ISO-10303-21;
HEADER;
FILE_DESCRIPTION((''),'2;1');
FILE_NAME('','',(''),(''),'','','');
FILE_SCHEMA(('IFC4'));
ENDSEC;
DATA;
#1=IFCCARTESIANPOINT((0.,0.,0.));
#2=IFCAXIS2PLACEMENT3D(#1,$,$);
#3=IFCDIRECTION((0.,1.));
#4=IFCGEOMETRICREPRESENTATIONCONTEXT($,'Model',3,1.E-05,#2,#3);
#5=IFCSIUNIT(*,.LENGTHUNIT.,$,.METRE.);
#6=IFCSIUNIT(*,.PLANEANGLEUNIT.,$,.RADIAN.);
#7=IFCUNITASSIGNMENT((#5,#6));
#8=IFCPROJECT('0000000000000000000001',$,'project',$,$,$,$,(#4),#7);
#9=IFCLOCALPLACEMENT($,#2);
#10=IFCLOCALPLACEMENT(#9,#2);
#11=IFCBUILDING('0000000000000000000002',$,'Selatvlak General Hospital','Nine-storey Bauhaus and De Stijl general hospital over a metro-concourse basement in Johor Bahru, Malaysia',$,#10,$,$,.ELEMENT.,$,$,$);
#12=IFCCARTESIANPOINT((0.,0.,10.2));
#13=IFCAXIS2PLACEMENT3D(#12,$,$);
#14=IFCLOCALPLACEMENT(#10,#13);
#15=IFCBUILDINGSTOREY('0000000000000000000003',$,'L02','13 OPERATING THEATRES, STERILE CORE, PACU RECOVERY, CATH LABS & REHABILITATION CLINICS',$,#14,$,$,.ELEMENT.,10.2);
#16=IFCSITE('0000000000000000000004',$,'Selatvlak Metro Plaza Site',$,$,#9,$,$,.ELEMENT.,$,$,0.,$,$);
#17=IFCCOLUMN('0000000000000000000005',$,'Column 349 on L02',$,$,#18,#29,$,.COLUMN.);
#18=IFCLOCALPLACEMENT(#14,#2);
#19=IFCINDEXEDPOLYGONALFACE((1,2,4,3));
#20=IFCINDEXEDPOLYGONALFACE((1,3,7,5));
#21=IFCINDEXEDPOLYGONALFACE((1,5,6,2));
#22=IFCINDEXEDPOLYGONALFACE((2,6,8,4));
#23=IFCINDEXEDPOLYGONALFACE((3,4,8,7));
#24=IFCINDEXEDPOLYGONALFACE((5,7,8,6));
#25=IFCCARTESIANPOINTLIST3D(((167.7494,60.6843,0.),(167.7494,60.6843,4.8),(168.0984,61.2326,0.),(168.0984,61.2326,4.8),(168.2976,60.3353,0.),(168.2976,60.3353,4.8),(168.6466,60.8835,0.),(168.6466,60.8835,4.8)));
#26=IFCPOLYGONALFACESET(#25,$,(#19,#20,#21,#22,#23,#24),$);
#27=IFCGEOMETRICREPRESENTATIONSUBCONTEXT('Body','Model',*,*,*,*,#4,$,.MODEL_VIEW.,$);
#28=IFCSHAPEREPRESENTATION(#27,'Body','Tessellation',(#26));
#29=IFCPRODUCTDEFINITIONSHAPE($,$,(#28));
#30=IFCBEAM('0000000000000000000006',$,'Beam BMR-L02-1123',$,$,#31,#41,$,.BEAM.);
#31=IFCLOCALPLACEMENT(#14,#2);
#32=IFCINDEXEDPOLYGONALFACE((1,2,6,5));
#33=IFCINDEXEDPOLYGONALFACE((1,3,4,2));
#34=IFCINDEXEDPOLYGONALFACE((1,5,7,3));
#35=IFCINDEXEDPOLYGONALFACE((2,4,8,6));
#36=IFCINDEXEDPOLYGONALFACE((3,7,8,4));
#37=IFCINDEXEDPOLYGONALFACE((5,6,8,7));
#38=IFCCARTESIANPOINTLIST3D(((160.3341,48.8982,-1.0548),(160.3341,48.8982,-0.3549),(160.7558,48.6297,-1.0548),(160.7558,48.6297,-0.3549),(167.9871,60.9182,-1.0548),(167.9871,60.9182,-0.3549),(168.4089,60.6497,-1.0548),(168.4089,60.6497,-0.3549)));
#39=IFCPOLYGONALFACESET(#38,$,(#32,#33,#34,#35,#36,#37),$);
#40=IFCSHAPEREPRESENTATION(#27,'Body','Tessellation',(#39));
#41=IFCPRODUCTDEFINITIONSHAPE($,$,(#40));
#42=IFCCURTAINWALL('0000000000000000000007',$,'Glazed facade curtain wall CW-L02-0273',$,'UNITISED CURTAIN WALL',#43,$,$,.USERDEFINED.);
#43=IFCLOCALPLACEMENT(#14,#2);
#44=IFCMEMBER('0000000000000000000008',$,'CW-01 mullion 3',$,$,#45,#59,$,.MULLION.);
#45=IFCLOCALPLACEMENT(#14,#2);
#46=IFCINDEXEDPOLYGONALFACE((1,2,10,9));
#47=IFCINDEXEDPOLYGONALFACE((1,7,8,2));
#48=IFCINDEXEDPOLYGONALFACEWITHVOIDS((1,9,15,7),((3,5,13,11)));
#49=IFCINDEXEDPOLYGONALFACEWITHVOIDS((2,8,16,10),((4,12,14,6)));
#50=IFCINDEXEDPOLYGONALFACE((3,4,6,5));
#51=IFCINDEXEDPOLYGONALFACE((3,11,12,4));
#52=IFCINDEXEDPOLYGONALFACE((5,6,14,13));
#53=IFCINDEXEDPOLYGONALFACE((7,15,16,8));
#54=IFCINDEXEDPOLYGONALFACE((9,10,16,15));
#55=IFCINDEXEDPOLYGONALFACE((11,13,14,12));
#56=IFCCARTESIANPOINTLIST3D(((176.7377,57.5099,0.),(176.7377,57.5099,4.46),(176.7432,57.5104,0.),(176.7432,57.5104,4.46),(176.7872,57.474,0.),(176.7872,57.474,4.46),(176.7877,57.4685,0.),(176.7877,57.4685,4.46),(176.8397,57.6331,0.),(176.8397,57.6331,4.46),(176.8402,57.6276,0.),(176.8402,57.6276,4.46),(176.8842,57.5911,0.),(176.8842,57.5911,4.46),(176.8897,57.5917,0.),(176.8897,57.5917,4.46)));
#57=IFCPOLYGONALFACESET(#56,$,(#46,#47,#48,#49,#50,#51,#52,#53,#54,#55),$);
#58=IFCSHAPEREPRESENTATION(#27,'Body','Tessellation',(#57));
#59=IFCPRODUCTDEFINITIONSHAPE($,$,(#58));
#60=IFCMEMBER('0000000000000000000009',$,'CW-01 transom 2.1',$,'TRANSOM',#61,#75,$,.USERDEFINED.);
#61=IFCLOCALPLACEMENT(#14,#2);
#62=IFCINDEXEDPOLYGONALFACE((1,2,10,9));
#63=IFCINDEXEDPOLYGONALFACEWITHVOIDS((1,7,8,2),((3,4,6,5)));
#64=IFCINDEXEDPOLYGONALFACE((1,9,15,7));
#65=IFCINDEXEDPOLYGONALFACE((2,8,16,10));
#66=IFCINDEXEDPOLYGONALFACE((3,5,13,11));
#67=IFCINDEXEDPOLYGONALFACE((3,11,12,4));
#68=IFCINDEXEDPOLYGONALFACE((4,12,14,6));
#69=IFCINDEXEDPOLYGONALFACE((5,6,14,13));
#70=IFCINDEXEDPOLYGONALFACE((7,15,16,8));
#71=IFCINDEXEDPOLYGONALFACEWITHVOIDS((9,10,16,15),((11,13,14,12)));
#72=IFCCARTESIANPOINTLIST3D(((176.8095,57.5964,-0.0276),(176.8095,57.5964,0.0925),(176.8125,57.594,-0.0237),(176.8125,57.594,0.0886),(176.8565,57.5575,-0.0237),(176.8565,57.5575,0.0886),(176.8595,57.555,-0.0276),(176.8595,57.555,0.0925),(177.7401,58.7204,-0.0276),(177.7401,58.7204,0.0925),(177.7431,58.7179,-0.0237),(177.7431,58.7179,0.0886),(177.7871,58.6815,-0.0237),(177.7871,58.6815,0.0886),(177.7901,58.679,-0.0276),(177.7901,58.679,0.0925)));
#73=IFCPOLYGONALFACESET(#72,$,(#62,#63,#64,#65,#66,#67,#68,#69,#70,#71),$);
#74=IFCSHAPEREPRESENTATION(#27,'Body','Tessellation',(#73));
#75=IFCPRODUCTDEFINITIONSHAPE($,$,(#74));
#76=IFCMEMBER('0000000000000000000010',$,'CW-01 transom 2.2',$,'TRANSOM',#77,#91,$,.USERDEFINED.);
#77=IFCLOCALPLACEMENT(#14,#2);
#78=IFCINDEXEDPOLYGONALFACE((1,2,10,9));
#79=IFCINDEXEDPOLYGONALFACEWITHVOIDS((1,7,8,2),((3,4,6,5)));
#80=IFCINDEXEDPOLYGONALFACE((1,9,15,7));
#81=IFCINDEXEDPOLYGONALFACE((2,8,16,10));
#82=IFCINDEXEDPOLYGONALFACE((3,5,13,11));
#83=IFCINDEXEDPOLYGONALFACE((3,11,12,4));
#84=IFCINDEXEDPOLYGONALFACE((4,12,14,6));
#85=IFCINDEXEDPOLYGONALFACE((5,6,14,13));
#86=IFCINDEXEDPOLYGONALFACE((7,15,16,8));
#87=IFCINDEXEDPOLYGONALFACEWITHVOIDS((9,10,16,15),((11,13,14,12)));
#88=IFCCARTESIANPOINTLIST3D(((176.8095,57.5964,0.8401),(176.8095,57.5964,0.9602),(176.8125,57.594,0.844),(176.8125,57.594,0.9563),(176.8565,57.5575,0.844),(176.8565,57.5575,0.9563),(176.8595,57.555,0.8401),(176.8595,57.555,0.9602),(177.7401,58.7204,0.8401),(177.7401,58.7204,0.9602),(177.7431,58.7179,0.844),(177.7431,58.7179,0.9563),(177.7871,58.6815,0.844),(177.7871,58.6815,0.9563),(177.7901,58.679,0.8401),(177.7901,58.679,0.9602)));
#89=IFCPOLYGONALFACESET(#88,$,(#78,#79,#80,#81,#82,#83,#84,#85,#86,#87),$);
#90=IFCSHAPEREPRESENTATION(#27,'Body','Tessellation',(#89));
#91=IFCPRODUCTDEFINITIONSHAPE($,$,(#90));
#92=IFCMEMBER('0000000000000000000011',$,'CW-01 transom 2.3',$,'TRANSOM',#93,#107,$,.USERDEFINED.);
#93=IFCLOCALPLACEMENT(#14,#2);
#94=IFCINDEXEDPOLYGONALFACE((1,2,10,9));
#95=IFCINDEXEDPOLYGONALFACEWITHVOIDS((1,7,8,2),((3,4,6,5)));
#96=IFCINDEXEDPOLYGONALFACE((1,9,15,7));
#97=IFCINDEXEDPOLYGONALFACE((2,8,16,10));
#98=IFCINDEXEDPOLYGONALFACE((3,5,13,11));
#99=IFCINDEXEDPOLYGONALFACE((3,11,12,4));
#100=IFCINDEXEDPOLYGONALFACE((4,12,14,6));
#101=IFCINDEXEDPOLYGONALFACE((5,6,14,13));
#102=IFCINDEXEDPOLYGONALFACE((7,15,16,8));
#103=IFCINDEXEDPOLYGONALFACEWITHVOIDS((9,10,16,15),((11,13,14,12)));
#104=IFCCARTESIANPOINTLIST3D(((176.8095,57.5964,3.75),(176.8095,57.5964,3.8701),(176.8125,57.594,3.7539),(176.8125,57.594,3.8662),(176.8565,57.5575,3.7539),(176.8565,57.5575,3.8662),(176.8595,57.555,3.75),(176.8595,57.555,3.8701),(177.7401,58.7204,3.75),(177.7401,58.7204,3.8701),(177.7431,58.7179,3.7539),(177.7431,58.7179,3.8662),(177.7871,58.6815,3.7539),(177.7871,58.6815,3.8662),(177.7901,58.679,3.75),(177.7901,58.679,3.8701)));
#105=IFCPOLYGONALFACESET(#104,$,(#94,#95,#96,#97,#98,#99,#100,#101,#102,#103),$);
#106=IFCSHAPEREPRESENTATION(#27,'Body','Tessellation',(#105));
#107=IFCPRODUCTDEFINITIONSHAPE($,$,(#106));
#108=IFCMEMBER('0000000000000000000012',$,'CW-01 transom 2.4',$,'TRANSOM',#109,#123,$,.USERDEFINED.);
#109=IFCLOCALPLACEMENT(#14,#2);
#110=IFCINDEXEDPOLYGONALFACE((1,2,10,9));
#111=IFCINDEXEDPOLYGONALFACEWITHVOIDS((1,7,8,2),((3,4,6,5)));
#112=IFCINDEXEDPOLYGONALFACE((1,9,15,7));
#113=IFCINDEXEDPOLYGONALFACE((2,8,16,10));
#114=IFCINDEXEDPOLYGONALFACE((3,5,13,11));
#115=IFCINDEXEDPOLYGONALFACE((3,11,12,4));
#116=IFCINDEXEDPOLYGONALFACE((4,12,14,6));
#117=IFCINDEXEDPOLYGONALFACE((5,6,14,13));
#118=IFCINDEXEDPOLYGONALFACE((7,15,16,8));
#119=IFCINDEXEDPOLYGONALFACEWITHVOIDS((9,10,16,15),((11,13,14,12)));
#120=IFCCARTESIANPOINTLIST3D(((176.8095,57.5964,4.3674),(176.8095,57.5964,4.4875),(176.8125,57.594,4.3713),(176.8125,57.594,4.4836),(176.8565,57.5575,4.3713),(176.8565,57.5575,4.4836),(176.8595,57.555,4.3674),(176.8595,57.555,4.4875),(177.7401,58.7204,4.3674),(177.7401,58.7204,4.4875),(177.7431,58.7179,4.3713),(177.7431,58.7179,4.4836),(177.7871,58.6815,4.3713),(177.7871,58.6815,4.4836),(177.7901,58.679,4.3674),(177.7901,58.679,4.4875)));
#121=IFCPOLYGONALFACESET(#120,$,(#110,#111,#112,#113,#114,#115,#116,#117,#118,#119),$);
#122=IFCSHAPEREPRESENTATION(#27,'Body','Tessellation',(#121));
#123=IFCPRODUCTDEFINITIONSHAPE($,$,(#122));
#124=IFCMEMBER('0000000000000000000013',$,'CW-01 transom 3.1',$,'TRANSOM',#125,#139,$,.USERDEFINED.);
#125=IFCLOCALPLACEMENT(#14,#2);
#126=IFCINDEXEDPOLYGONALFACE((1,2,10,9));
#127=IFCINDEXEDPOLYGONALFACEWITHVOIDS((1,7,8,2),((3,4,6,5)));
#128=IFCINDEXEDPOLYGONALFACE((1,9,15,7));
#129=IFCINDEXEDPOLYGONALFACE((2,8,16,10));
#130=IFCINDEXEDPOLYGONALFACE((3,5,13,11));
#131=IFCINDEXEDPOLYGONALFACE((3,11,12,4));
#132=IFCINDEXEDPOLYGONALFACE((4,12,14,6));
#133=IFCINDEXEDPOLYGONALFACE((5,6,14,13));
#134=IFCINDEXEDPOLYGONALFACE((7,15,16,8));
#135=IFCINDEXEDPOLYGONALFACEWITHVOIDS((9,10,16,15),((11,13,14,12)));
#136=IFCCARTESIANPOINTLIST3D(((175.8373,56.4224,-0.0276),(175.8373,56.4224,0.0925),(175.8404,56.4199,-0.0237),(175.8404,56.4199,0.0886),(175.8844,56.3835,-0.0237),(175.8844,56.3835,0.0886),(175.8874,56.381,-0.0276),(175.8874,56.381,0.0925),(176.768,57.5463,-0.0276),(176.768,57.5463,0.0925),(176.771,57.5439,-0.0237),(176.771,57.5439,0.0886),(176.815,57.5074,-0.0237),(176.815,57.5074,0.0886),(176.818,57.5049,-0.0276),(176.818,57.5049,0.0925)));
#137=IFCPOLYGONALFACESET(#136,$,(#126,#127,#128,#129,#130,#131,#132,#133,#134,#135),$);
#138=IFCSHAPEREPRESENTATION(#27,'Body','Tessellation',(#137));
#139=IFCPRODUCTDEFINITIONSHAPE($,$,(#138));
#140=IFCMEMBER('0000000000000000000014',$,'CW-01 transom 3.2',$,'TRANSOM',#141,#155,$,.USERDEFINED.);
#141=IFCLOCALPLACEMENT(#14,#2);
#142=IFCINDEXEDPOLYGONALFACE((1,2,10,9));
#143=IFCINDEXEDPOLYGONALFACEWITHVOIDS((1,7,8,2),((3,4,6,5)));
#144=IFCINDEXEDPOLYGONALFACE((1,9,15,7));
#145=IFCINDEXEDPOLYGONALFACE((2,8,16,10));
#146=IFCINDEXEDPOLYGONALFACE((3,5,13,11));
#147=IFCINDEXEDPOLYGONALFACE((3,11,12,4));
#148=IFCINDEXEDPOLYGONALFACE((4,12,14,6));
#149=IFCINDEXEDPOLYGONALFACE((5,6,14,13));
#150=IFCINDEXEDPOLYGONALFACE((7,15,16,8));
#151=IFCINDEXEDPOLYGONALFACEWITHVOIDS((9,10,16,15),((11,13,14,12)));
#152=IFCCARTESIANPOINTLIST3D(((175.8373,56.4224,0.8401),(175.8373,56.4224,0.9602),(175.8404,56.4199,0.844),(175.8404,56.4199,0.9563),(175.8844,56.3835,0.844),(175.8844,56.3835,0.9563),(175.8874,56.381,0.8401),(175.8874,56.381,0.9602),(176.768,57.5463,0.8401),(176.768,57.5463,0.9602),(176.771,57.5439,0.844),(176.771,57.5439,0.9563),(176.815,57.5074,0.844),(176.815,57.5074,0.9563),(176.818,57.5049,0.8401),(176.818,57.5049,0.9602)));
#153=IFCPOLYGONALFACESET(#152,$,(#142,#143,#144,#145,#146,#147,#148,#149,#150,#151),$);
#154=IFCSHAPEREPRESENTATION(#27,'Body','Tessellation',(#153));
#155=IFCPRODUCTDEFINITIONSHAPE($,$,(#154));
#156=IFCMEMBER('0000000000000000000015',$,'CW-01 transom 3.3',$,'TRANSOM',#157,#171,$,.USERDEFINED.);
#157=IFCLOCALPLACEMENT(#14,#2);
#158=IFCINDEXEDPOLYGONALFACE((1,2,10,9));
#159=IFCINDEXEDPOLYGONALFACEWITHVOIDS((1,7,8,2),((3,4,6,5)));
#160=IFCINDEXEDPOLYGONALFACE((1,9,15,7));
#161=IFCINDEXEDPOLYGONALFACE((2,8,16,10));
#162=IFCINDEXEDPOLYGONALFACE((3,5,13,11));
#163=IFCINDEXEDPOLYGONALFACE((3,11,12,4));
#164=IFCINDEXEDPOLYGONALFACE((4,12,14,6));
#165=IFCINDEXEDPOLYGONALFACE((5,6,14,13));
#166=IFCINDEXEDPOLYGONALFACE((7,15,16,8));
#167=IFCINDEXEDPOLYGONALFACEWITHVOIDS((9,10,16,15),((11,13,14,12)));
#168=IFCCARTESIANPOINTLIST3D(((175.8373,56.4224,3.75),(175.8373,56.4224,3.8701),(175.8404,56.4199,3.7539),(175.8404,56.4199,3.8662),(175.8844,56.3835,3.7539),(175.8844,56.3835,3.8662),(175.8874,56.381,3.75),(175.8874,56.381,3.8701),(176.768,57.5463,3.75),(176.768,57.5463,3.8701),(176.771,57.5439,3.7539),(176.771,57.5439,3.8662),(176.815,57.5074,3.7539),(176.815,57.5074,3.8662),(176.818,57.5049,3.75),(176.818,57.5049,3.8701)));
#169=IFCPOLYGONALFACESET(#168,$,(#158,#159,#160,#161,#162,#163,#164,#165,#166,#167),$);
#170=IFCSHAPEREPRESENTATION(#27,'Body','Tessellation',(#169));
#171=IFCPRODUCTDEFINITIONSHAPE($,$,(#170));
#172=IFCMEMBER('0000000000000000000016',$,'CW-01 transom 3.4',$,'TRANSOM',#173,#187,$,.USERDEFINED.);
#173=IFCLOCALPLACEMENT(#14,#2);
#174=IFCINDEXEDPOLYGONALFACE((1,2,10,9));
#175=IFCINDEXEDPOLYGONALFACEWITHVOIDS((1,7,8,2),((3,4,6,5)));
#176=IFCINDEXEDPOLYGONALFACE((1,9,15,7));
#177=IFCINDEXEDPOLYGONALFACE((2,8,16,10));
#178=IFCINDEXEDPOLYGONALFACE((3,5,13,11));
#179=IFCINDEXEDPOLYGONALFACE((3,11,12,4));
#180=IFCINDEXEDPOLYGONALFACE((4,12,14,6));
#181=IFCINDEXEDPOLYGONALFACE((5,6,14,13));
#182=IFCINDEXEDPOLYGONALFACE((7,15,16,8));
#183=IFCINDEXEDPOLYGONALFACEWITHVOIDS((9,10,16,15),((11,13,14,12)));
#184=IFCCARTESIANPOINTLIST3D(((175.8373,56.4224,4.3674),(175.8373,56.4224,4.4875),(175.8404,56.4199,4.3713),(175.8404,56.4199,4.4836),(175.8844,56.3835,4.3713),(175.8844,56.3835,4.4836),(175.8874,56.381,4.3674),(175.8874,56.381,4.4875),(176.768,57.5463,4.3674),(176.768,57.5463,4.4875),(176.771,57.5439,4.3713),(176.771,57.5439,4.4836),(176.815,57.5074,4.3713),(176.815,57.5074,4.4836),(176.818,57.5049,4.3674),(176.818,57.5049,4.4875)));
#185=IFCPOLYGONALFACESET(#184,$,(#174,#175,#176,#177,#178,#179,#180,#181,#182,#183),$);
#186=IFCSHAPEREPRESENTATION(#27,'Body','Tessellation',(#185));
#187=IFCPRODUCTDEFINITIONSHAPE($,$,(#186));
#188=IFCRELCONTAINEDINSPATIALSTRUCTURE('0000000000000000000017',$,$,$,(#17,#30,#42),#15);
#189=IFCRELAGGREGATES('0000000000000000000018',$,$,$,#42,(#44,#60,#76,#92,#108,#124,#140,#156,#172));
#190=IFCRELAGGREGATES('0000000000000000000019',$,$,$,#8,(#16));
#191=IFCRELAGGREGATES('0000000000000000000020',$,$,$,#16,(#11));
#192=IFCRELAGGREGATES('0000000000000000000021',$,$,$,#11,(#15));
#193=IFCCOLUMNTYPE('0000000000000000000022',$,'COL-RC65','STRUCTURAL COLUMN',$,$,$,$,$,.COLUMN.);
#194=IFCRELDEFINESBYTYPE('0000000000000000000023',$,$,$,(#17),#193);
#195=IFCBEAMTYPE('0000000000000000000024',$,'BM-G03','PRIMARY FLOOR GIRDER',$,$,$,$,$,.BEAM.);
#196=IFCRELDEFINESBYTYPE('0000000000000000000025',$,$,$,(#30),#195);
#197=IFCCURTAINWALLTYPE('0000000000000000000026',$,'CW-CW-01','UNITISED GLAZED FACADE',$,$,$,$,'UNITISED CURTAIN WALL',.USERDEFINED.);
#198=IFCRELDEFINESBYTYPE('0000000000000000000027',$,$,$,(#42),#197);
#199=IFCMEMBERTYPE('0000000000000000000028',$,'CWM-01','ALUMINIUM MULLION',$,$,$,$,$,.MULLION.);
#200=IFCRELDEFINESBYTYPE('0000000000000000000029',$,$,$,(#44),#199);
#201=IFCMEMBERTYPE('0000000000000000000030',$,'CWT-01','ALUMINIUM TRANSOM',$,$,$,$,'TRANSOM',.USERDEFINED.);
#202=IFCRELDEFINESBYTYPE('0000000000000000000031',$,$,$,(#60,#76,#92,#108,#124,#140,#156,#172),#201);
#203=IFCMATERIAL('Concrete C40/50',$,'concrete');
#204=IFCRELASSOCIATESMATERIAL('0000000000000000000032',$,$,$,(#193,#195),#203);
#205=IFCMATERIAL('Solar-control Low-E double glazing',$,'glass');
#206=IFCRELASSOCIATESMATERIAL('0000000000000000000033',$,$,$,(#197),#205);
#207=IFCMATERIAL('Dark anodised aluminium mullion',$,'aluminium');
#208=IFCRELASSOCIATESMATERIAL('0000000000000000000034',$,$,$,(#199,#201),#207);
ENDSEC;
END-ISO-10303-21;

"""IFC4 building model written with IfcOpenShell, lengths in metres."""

from ifc_helpers import new_model, si_unit, direction, frame, origin, origin_2d, place, context, subcontext, project, spatial, rectangle, hollow_rectangle, extrude, material, material_profile, profile_set, type_object, element, aggregate, save


model = new_model("IFC4")

# Units and contexts
model_context = context("Model", 3, precision=1e-05, world=origin(), true_north=direction((0.0, 1.0)))
body_context = subcontext(model_context, "Body", "Model", "MODEL_VIEW")
ifc_project = project(units=[si_unit("LENGTHUNIT", "METRE"), si_unit("PLANEANGLEUNIT", "RADIAN")], contexts=[model_context])

# Site, building, storey
site_placement = place(None, origin())
site = spatial("IfcSite", under=ifc_project, at=site_placement, Name="Selatvlak Metro Plaza Site", CompositionType="ELEMENT", RefElevation=0.0)
building_placement = place(site_placement, origin())
building = spatial("IfcBuilding", under=site, at=building_placement, Name="Selatvlak General Hospital", Description="Nine-storey Bauhaus and De Stijl general hospital over a metro-concourse basement in Johor Bahru, Malaysia", CompositionType="ELEMENT")
storey_placement = place(building_placement, frame((0.0, 0.0, 10.2)))
storey = spatial("IfcBuildingStorey", under=building, at=storey_placement, Name="L02", Description="13 OPERATING THEATRES, STERILE CORE, PACU RECOVERY, CATH LABS & REHABILITATION CLINICS", CompositionType="ELEMENT", Elevation=10.2)

# Column
ifc_material_1 = material(Name="Concrete C40/50", Category="concrete")
ifc_material_profile_1 = material_profile(ifc_material_1, rectangle(XDim=0.6499, YDim=0.6499, at=origin_2d()), Name="RC-COL 650x650")
ifc_profile_set_1 = profile_set([ifc_material_profile_1], Name="Concrete C40/50")
column_type = type_object("IfcColumnType", Name="COL-RC65", Description="STRUCTURAL COLUMN", PredefinedType="COLUMN", material=ifc_profile_set_1)
column_placement = place(storey_placement, frame((168.198, 60.7839, 0.0), z_axis=(0.0, 0.0, 1.0), x_axis=(0.537064, 0.843541, 0.0)))
element("IfcColumn", 1, at=column_placement, inside=storey, type_object=column_type, Name="Column 349 on L02", PredefinedType="COLUMN", context=body_context, shape_type="SweptSolid", body=[
    extrude(rectangle(XDim=0.6499, YDim=0.6499, at=origin_2d()), origin(), (0.0, 0.0, 1.0), 4.8),
])

# Beam
ifc_material_profile_2 = material_profile(ifc_material_1, rectangle(XDim=0.5, YDim=0.7, at=origin_2d()), Name="RC-BM 500x700")
ifc_profile_set_2 = profile_set([ifc_material_profile_2], Name="Concrete C40/50")
beam_type = type_object("IfcBeamType", Name="BM-G03", Description="PRIMARY FLOOR GIRDER", PredefinedType="BEAM", material=ifc_profile_set_2)
beam_placement = place(storey_placement, frame((168.198, 60.7839, -0.7048), z_axis=(-0.537074, -0.843535, 0.0), x_axis=(0.843535, -0.537074, 0.0)))
element("IfcBeam", 2, at=beam_placement, inside=storey, type_object=beam_type, Name="Beam BMR-L02-1123", PredefinedType="BEAM", context=body_context, shape_type="SweptSolid", body=[
    extrude(rectangle(XDim=0.5, YDim=0.7, at=origin_2d()), origin(), (0.0, 0.0, 1.0), 14.2495),
])

# Curtain wall, members
ifc_material_2 = material(Name="Solar-control Low-E double glazing", Category="glass")
curtain_wall_type = type_object("IfcCurtainWallType", Name="CW-CW-01", Description="UNITISED GLAZED FACADE", ElementType="UNITISED CURTAIN WALL", PredefinedType="USERDEFINED", material=ifc_material_2)
curtain_wall_placement = place(storey_placement, origin())
curtain_wall = element("IfcCurtainWall", 3, at=curtain_wall_placement, inside=storey, type_object=curtain_wall_type, Name="Glazed facade curtain wall CW-L02-0273", ObjectType="UNITISED CURTAIN WALL", PredefinedType="USERDEFINED")
ifc_material_3 = material(Name="Dark anodised aluminium mullion", Category="aluminium")
ifc_material_profile_3 = material_profile(ifc_material_3, hollow_rectangle(XDim=0.0649, YDim=0.1599, WallThickness=0.0039, at=origin_2d()), Name="AL-MUL 65x160x4")
ifc_profile_set_3 = profile_set([ifc_material_profile_3], Name="Dark anodised aluminium mullion")
member_type_1 = type_object("IfcMemberType", Name="CWM-01", Description="ALUMINIUM MULLION", PredefinedType="MULLION", material=ifc_profile_set_3)
member_1_placement = place(storey_placement, frame((176.8137, 57.5508, 0.0), z_axis=(0.0, 0.0, 1.0), x_axis=(0.770252, -0.63774, 0.0)))
member_1 = element("IfcMember", 4, at=member_1_placement, type_object=member_type_1, Name="CW-01 mullion 3", PredefinedType="MULLION", context=body_context, shape_type="SweptSolid", body=[
    extrude(hollow_rectangle(XDim=0.0649, YDim=0.1599, WallThickness=0.0039, at=origin_2d()), origin(), (0.0, 0.0, 1.0), 4.46),
])
ifc_material_profile_4 = material_profile(ifc_material_3, hollow_rectangle(XDim=0.0649, YDim=0.1201, WallThickness=0.0039, at=origin_2d()), Name="AL-TRN 65x120x4")
ifc_profile_set_4 = profile_set([ifc_material_profile_4], Name="Dark anodised aluminium mullion")
member_type_2 = type_object("IfcMemberType", Name="CWT-01", Description="ALUMINIUM TRANSOM", ElementType="TRANSOM", PredefinedType="USERDEFINED", material=ifc_profile_set_4)
member_2_placement = place(storey_placement, frame((177.7651, 58.6997, 0.0325), z_axis=(-0.637746, -0.770247, 0.0), x_axis=(0.770247, -0.637746, 0.0)))
member_2 = element("IfcMember", 5, at=member_2_placement, type_object=member_type_2, Name="CW-01 transom 2.1", ObjectType="TRANSOM", PredefinedType="USERDEFINED", context=body_context, shape_type="SweptSolid", body=[
    extrude(hollow_rectangle(XDim=0.0649, YDim=0.1201, WallThickness=0.0039, at=origin_2d()), origin(), (0.0, 0.0, 1.0), 1.4592),
])
member_3_placement = place(storey_placement, frame((177.7651, 58.6997, 0.9001), z_axis=(-0.637746, -0.770247, 0.0), x_axis=(0.770247, -0.637746, 0.0)))
member_3 = element("IfcMember", 6, at=member_3_placement, type_object=member_type_2, Name="CW-01 transom 2.2", ObjectType="TRANSOM", PredefinedType="USERDEFINED", context=body_context, shape_type="SweptSolid", body=[
    extrude(hollow_rectangle(XDim=0.0649, YDim=0.1201, WallThickness=0.0039, at=origin_2d()), origin(), (0.0, 0.0, 1.0), 1.4592),
])
member_4_placement = place(storey_placement, frame((177.7651, 58.6997, 3.8101), z_axis=(-0.637746, -0.770247, 0.0), x_axis=(0.770247, -0.637746, 0.0)))
member_4 = element("IfcMember", 7, at=member_4_placement, type_object=member_type_2, Name="CW-01 transom 2.3", ObjectType="TRANSOM", PredefinedType="USERDEFINED", context=body_context, shape_type="SweptSolid", body=[
    extrude(hollow_rectangle(XDim=0.0649, YDim=0.1201, WallThickness=0.0039, at=origin_2d()), origin(), (0.0, 0.0, 1.0), 1.4592),
])
member_5_placement = place(storey_placement, frame((177.7651, 58.6997, 4.4275), z_axis=(-0.637746, -0.770247, 0.0), x_axis=(0.770247, -0.637746, 0.0)))
member_5 = element("IfcMember", 8, at=member_5_placement, type_object=member_type_2, Name="CW-01 transom 2.4", ObjectType="TRANSOM", PredefinedType="USERDEFINED", context=body_context, shape_type="SweptSolid", body=[
    extrude(hollow_rectangle(XDim=0.0649, YDim=0.1201, WallThickness=0.0039, at=origin_2d()), origin(), (0.0, 0.0, 1.0), 1.4592),
])
member_6_placement = place(storey_placement, frame((176.793, 57.5256, 0.0325), z_axis=(-0.637746, -0.770247, 0.0), x_axis=(0.770247, -0.637746, 0.0)))
member_6 = element("IfcMember", 9, at=member_6_placement, type_object=member_type_2, Name="CW-01 transom 3.1", ObjectType="TRANSOM", PredefinedType="USERDEFINED", context=body_context, shape_type="SweptSolid", body=[
    extrude(hollow_rectangle(XDim=0.0649, YDim=0.1201, WallThickness=0.0039, at=origin_2d()), origin(), (0.0, 0.0, 1.0), 1.4592),
])
member_7_placement = place(storey_placement, frame((176.793, 57.5256, 0.9001), z_axis=(-0.637746, -0.770247, 0.0), x_axis=(0.770247, -0.637746, 0.0)))
member_7 = element("IfcMember", 10, at=member_7_placement, type_object=member_type_2, Name="CW-01 transom 3.2", ObjectType="TRANSOM", PredefinedType="USERDEFINED", context=body_context, shape_type="SweptSolid", body=[
    extrude(hollow_rectangle(XDim=0.0649, YDim=0.1201, WallThickness=0.0039, at=origin_2d()), origin(), (0.0, 0.0, 1.0), 1.4592),
])
member_8_placement = place(storey_placement, frame((176.793, 57.5256, 3.8101), z_axis=(-0.637746, -0.770247, 0.0), x_axis=(0.770247, -0.637746, 0.0)))
member_8 = element("IfcMember", 11, at=member_8_placement, type_object=member_type_2, Name="CW-01 transom 3.3", ObjectType="TRANSOM", PredefinedType="USERDEFINED", context=body_context, shape_type="SweptSolid", body=[
    extrude(hollow_rectangle(XDim=0.0649, YDim=0.1201, WallThickness=0.0039, at=origin_2d()), origin(), (0.0, 0.0, 1.0), 1.4592),
])
member_9_placement = place(storey_placement, frame((176.793, 57.5256, 4.4275), z_axis=(-0.637746, -0.770247, 0.0), x_axis=(0.770247, -0.637746, 0.0)))
member_9 = element("IfcMember", 12, at=member_9_placement, type_object=member_type_2, Name="CW-01 transom 3.4", ObjectType="TRANSOM", PredefinedType="USERDEFINED", context=body_context, shape_type="SweptSolid", body=[
    extrude(hollow_rectangle(XDim=0.0649, YDim=0.1201, WallThickness=0.0039, at=origin_2d()), origin(), (0.0, 0.0, 1.0), 1.4592),
])
aggregate(curtain_wall, [member_1, member_2, member_3, member_4, member_5, member_6, member_7, member_8, member_9])

save(model, "model.ifc")
